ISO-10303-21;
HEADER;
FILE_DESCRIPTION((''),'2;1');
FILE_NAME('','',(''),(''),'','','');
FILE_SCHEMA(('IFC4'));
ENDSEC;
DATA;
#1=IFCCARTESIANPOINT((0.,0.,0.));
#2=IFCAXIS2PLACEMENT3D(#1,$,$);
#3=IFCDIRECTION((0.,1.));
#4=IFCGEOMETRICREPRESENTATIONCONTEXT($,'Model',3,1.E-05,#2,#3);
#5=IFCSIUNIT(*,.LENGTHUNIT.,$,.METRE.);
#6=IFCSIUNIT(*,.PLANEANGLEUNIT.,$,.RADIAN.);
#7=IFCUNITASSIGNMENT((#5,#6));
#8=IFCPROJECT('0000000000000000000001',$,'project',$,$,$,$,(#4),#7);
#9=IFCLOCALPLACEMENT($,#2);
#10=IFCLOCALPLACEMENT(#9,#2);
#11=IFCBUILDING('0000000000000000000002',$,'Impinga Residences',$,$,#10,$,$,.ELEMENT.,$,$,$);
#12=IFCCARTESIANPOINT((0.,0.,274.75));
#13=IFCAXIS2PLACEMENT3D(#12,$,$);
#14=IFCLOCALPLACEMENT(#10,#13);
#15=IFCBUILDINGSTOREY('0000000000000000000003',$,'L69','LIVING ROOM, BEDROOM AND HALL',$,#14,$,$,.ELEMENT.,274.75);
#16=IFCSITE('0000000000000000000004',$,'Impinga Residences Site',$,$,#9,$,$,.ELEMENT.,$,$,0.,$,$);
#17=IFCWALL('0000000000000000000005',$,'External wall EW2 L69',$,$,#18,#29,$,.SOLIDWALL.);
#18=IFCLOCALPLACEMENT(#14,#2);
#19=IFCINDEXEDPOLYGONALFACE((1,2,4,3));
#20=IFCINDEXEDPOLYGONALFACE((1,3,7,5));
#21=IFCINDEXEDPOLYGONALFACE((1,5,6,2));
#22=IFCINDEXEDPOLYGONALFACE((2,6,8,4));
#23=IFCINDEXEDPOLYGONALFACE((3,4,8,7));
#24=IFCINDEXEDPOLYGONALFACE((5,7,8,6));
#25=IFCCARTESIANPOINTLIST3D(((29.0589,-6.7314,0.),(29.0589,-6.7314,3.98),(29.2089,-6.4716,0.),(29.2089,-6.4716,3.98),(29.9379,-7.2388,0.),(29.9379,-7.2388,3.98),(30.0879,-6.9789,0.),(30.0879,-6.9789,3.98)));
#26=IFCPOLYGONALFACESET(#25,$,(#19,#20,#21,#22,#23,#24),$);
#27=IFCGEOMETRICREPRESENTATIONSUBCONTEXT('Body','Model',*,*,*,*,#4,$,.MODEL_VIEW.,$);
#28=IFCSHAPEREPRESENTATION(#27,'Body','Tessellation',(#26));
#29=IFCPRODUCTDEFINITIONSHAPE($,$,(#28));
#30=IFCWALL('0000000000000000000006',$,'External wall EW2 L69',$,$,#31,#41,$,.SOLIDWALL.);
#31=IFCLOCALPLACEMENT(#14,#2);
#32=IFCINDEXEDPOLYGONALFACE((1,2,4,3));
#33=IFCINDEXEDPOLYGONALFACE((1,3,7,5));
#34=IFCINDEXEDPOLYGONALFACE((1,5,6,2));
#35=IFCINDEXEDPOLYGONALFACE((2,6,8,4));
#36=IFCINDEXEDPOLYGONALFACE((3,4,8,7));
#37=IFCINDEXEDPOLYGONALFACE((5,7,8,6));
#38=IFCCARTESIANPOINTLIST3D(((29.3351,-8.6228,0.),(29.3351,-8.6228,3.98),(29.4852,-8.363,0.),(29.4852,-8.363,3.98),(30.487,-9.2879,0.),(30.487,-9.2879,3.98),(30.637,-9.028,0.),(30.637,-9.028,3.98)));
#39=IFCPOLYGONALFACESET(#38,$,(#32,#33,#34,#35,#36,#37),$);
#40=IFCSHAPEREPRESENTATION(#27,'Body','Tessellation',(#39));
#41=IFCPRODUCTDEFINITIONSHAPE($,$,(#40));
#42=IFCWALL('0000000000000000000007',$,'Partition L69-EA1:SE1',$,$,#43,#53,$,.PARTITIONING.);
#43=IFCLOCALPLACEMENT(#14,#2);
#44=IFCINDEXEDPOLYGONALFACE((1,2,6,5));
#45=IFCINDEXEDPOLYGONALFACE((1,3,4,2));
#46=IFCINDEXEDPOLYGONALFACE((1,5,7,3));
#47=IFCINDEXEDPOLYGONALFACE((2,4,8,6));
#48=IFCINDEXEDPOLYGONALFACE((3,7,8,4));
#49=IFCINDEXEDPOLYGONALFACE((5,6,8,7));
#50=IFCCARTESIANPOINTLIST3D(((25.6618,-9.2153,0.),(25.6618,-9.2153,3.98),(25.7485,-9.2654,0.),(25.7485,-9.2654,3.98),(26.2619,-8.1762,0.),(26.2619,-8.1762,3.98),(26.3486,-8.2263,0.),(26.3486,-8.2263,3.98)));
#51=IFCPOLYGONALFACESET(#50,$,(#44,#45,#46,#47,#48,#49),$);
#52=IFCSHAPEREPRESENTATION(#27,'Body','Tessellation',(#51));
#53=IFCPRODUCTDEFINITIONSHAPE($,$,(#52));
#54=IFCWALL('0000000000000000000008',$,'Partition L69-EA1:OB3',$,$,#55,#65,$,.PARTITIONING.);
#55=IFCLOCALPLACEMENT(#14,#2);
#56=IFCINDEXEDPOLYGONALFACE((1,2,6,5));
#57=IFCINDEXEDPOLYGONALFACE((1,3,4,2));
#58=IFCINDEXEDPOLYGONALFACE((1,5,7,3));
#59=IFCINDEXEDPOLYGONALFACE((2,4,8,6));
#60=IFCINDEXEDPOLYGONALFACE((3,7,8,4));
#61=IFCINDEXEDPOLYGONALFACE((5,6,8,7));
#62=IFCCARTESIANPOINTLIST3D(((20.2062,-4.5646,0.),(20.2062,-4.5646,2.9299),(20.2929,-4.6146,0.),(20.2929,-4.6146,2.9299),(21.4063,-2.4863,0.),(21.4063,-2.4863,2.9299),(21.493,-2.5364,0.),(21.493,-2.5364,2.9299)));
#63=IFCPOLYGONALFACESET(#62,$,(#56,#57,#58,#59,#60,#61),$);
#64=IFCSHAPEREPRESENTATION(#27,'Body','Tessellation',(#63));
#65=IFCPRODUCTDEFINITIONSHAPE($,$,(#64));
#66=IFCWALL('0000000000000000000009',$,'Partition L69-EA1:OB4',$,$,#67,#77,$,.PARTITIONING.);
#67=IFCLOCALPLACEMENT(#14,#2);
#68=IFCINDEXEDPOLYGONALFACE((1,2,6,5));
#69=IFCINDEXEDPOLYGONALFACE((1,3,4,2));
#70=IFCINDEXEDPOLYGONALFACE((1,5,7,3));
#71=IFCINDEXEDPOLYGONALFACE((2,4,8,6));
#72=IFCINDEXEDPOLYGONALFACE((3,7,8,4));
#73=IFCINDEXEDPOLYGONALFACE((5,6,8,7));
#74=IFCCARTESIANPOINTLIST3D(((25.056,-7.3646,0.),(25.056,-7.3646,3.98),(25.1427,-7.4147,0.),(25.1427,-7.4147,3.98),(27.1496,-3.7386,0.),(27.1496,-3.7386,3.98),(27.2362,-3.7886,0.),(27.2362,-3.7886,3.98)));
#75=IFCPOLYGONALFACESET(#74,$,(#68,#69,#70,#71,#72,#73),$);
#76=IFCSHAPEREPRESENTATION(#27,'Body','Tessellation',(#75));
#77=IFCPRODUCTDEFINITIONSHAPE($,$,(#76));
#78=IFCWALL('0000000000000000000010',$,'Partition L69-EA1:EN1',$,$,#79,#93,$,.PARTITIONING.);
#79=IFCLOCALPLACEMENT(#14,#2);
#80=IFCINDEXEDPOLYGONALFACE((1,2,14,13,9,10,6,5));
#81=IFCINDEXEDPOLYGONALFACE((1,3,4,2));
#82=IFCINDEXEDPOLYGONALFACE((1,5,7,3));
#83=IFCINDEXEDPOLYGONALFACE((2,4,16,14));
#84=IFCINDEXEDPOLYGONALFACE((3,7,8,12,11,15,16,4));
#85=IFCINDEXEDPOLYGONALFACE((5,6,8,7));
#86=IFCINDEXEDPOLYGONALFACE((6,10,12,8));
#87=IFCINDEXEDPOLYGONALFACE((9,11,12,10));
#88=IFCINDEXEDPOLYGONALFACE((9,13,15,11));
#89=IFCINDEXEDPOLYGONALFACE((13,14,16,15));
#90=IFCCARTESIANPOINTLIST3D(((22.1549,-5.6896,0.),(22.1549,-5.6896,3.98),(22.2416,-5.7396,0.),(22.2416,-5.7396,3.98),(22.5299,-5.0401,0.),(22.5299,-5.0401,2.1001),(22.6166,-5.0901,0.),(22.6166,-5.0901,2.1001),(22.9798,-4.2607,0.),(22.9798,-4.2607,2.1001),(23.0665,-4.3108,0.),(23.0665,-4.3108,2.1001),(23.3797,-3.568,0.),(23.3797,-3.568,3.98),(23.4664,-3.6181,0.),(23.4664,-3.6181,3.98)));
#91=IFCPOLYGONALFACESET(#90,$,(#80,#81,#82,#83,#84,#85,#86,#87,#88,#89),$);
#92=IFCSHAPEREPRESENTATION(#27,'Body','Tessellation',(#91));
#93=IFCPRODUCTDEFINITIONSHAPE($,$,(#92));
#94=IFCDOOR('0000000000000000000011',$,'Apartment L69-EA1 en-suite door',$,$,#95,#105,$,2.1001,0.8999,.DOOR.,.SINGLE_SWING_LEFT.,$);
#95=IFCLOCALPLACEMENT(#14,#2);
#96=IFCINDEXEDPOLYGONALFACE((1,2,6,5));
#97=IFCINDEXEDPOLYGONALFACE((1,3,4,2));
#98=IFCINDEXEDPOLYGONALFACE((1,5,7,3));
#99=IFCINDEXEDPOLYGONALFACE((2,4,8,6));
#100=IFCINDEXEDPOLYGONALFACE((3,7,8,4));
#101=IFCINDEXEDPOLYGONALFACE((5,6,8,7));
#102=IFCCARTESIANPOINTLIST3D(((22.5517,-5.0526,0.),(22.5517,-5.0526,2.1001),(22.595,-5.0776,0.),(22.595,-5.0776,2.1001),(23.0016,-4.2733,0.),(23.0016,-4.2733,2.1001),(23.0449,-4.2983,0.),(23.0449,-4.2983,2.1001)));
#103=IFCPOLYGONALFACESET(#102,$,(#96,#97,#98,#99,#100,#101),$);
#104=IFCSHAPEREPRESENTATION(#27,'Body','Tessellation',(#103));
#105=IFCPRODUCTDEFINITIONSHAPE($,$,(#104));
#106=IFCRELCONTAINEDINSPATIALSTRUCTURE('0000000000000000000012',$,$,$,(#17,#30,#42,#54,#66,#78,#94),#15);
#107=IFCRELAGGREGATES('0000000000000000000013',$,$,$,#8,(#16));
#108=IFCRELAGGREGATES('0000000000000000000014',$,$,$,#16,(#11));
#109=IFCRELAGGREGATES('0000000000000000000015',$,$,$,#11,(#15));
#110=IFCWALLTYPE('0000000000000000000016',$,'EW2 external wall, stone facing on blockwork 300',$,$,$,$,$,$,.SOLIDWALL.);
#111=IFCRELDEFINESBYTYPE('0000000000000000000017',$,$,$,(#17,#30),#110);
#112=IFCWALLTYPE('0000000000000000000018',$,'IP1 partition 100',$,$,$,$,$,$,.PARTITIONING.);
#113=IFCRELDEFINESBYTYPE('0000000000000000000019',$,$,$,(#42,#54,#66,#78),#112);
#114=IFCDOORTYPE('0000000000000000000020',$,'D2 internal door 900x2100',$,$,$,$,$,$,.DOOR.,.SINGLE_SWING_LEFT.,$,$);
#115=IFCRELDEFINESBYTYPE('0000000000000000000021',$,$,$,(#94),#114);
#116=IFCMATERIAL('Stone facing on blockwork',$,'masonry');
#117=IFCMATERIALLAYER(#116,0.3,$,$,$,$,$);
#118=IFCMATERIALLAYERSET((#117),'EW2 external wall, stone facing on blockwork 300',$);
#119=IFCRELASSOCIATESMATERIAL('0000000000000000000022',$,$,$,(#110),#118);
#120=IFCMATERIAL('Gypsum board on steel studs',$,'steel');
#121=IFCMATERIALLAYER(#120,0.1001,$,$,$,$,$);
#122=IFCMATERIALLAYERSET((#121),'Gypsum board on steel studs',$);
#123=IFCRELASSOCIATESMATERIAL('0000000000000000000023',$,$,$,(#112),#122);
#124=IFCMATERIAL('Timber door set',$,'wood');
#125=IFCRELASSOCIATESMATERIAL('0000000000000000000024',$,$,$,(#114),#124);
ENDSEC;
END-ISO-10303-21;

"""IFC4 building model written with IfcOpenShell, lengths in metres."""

from ifc_helpers import new_model, si_unit, direction, frame, frame_2d, origin, place, context, subcontext, project, spatial, rectangle, extrude, material, layer, layer_set, type_object, element, fill, save


model = new_model("IFC4")

# Units and contexts
model_context = context("Model", 3, precision=1e-05, world=origin(), true_north=direction((0.0, 1.0)))
body_context = subcontext(model_context, "Body", "Model", "MODEL_VIEW")
ifc_project = project(units=[si_unit("LENGTHUNIT", "METRE"), si_unit("PLANEANGLEUNIT", "RADIAN")], contexts=[model_context])

# Site, building, storey
site_placement = place(None, origin())
site = spatial("IfcSite", under=ifc_project, at=site_placement, Name="Impinga Residences Site", CompositionType="ELEMENT", RefElevation=0.0)
building_placement = place(site_placement, origin())
building = spatial("IfcBuilding", under=site, at=building_placement, Name="Impinga Residences", CompositionType="ELEMENT")
storey_placement = place(building_placement, frame((0.0, 0.0, 274.75)))
storey = spatial("IfcBuildingStorey", under=building, at=storey_placement, Name="L69", Description="LIVING ROOM, BEDROOM AND HALL", CompositionType="ELEMENT", Elevation=274.75)

# Shared definitions
ifc_material_1 = material(Name="Timber door set", Category="wood")

# Walls
ifc_material_2 = material(Name="Stone facing on blockwork", Category="masonry")
ifc_layer_1 = layer(ifc_material_2, 0.3)
ifc_layer_set_1 = layer_set([ifc_layer_1], Name="EW2 external wall, stone facing on blockwork 300")
wall_type_1 = type_object("IfcWallType", Name="EW2 external wall, stone facing on blockwork 300", PredefinedType="SOLIDWALL", material=ifc_layer_set_1)
wall_1_placement = place(storey_placement, frame((29.134, -6.6016, 0.0), z_axis=(0.0, 0.0, 1.0), x_axis=(0.866073, -0.499917, 0.0)))
element("IfcWall", 1, at=wall_1_placement, inside=storey, type_object=wall_type_1, Name="External wall EW2 L69", PredefinedType="SOLIDWALL", context=body_context, shape_type="SweptSolid", body=[
    extrude(rectangle(XDim=1.0149, YDim=0.3, at=frame_2d((0.5073, 0.0))), origin(), (0.0, 0.0, 1.0), 3.98),
])
wall_2_placement = place(storey_placement, frame((29.4102, -8.4929, 0.0), z_axis=(0.0, 0.0, 1.0), x_axis=(0.866021, -0.500008, 0.0)))
element("IfcWall", 2, at=wall_2_placement, inside=storey, type_object=wall_type_1, Name="External wall EW2 L69", PredefinedType="SOLIDWALL", context=body_context, shape_type="SweptSolid", body=[
    extrude(rectangle(XDim=1.3301, YDim=0.3, at=frame_2d((0.665, 0.0))), origin(), (0.0, 0.0, 1.0), 3.98),
])
ifc_material_3 = material(Name="Gypsum board on steel studs", Category="steel")
ifc_layer_2 = layer(ifc_material_3, 0.1001)
ifc_layer_set_2 = layer_set([ifc_layer_2], Name="Gypsum board on steel studs")
wall_type_2 = type_object("IfcWallType", Name="IP1 partition 100", PredefinedType="PARTITIONING", material=ifc_layer_set_2)
wall_3_placement = place(storey_placement, frame((25.7051, -9.2405, 0.0), z_axis=(0.0, 0.0, 1.0), x_axis=(0.500122, 0.865955, 0.0)))
element("IfcWall", 3, at=wall_3_placement, inside=storey, type_object=wall_type_2, Name="Partition L69-EA1:SE1", PredefinedType="PARTITIONING", context=body_context, shape_type="SweptSolid", body=[
    extrude(rectangle(XDim=1.2, YDim=0.1001, at=frame_2d((0.6001, 0.0))), origin(), (0.0, 0.0, 1.0), 3.98),
])
wall_4_placement = place(storey_placement, frame((20.2495, -4.5896, 0.0), z_axis=(0.0, 0.0, 1.0), x_axis=(0.500078, 0.865981, 0.0)))
element("IfcWall", 4, at=wall_4_placement, inside=storey, type_object=wall_type_2, Name="Partition L69-EA1:OB3", PredefinedType="PARTITIONING", context=body_context, shape_type="SweptSolid", body=[
    extrude(rectangle(XDim=2.3999, YDim=0.1001, at=frame_2d((1.2, 0.0))), origin(), (0.0, 0.0, 1.0), 2.9299),
])
wall_5_placement = place(storey_placement, frame((25.0994, -7.3896, 0.0), z_axis=(0.0, 0.0, 1.0), x_axis=(0.500008, 0.866021, 0.0)))
element("IfcWall", 5, at=wall_5_placement, inside=storey, type_object=wall_type_2, Name="Partition L69-EA1:OB4", PredefinedType="PARTITIONING", context=body_context, shape_type="SweptSolid", body=[
    extrude(rectangle(XDim=4.187, YDim=0.1001, at=frame_2d((2.0935, 0.0))), origin(), (0.0, 0.0, 1.0), 3.98),
])

# Wall, opening, door
wall_6_placement = place(storey_placement, frame((22.1982, -5.7146, 0.0), z_axis=(0.0, 0.0, 1.0), x_axis=(0.499987, 0.866033, 0.0)))
wall_6 = element("IfcWall", 6, at=wall_6_placement, inside=storey, type_object=wall_type_2, Name="Partition L69-EA1:EN1", PredefinedType="PARTITIONING", context=body_context, shape_type="SweptSolid", body=[
    extrude(rectangle(XDim=2.4497, YDim=0.1001, at=frame_2d((1.2249, 0.0))), origin(), (0.0, 0.0, 1.0), 3.98),
])
opening_1_placement = place(wall_6_placement, frame((0.75, 0.0, 0.0)))
opening_1 = element("IfcOpeningElement", 7, at=opening_1_placement, cuts=wall_6, PredefinedType="OPENING", context=body_context, shape_type="SweptSolid", body=[
    extrude(rectangle(XDim=0.8999, YDim=2.1001, at=frame_2d((0.45, 1.05))), frame((0.0, 0.0601, 0.0), z_axis=(0.0, -1.0, 0.0), x_axis=(1.0, 0.0, 0.0)), (0.0, 0.0, 1.0), 0.1201),
])
door_type_1 = type_object("IfcDoorType", Name="D2 internal door 900x2100", OperationType="SINGLE_SWING_LEFT", PredefinedType="DOOR", material=ifc_material_1)
door_1_placement = place(opening_1_placement, origin())
door_1 = element("IfcDoor", 8, at=door_1_placement, inside=storey, type_object=door_type_1, Name="Apartment L69-EA1 en-suite door", OperationType="SINGLE_SWING_LEFT", OverallHeight=2.1001, OverallWidth=0.8999, PredefinedType="DOOR", context=body_context, shape_type="SweptSolid", body=[
    extrude(rectangle(XDim=0.8999, YDim=2.1001, at=frame_2d((0.45, 1.05))), frame((0.0, 0.0249, 0.0), z_axis=(0.0, -1.0, 0.0), x_axis=(1.0, 0.0, 0.0)), (0.0, 0.0, 1.0), 0.05),
])
fill(opening_1, door_1)

save(model, "model.ifc")
